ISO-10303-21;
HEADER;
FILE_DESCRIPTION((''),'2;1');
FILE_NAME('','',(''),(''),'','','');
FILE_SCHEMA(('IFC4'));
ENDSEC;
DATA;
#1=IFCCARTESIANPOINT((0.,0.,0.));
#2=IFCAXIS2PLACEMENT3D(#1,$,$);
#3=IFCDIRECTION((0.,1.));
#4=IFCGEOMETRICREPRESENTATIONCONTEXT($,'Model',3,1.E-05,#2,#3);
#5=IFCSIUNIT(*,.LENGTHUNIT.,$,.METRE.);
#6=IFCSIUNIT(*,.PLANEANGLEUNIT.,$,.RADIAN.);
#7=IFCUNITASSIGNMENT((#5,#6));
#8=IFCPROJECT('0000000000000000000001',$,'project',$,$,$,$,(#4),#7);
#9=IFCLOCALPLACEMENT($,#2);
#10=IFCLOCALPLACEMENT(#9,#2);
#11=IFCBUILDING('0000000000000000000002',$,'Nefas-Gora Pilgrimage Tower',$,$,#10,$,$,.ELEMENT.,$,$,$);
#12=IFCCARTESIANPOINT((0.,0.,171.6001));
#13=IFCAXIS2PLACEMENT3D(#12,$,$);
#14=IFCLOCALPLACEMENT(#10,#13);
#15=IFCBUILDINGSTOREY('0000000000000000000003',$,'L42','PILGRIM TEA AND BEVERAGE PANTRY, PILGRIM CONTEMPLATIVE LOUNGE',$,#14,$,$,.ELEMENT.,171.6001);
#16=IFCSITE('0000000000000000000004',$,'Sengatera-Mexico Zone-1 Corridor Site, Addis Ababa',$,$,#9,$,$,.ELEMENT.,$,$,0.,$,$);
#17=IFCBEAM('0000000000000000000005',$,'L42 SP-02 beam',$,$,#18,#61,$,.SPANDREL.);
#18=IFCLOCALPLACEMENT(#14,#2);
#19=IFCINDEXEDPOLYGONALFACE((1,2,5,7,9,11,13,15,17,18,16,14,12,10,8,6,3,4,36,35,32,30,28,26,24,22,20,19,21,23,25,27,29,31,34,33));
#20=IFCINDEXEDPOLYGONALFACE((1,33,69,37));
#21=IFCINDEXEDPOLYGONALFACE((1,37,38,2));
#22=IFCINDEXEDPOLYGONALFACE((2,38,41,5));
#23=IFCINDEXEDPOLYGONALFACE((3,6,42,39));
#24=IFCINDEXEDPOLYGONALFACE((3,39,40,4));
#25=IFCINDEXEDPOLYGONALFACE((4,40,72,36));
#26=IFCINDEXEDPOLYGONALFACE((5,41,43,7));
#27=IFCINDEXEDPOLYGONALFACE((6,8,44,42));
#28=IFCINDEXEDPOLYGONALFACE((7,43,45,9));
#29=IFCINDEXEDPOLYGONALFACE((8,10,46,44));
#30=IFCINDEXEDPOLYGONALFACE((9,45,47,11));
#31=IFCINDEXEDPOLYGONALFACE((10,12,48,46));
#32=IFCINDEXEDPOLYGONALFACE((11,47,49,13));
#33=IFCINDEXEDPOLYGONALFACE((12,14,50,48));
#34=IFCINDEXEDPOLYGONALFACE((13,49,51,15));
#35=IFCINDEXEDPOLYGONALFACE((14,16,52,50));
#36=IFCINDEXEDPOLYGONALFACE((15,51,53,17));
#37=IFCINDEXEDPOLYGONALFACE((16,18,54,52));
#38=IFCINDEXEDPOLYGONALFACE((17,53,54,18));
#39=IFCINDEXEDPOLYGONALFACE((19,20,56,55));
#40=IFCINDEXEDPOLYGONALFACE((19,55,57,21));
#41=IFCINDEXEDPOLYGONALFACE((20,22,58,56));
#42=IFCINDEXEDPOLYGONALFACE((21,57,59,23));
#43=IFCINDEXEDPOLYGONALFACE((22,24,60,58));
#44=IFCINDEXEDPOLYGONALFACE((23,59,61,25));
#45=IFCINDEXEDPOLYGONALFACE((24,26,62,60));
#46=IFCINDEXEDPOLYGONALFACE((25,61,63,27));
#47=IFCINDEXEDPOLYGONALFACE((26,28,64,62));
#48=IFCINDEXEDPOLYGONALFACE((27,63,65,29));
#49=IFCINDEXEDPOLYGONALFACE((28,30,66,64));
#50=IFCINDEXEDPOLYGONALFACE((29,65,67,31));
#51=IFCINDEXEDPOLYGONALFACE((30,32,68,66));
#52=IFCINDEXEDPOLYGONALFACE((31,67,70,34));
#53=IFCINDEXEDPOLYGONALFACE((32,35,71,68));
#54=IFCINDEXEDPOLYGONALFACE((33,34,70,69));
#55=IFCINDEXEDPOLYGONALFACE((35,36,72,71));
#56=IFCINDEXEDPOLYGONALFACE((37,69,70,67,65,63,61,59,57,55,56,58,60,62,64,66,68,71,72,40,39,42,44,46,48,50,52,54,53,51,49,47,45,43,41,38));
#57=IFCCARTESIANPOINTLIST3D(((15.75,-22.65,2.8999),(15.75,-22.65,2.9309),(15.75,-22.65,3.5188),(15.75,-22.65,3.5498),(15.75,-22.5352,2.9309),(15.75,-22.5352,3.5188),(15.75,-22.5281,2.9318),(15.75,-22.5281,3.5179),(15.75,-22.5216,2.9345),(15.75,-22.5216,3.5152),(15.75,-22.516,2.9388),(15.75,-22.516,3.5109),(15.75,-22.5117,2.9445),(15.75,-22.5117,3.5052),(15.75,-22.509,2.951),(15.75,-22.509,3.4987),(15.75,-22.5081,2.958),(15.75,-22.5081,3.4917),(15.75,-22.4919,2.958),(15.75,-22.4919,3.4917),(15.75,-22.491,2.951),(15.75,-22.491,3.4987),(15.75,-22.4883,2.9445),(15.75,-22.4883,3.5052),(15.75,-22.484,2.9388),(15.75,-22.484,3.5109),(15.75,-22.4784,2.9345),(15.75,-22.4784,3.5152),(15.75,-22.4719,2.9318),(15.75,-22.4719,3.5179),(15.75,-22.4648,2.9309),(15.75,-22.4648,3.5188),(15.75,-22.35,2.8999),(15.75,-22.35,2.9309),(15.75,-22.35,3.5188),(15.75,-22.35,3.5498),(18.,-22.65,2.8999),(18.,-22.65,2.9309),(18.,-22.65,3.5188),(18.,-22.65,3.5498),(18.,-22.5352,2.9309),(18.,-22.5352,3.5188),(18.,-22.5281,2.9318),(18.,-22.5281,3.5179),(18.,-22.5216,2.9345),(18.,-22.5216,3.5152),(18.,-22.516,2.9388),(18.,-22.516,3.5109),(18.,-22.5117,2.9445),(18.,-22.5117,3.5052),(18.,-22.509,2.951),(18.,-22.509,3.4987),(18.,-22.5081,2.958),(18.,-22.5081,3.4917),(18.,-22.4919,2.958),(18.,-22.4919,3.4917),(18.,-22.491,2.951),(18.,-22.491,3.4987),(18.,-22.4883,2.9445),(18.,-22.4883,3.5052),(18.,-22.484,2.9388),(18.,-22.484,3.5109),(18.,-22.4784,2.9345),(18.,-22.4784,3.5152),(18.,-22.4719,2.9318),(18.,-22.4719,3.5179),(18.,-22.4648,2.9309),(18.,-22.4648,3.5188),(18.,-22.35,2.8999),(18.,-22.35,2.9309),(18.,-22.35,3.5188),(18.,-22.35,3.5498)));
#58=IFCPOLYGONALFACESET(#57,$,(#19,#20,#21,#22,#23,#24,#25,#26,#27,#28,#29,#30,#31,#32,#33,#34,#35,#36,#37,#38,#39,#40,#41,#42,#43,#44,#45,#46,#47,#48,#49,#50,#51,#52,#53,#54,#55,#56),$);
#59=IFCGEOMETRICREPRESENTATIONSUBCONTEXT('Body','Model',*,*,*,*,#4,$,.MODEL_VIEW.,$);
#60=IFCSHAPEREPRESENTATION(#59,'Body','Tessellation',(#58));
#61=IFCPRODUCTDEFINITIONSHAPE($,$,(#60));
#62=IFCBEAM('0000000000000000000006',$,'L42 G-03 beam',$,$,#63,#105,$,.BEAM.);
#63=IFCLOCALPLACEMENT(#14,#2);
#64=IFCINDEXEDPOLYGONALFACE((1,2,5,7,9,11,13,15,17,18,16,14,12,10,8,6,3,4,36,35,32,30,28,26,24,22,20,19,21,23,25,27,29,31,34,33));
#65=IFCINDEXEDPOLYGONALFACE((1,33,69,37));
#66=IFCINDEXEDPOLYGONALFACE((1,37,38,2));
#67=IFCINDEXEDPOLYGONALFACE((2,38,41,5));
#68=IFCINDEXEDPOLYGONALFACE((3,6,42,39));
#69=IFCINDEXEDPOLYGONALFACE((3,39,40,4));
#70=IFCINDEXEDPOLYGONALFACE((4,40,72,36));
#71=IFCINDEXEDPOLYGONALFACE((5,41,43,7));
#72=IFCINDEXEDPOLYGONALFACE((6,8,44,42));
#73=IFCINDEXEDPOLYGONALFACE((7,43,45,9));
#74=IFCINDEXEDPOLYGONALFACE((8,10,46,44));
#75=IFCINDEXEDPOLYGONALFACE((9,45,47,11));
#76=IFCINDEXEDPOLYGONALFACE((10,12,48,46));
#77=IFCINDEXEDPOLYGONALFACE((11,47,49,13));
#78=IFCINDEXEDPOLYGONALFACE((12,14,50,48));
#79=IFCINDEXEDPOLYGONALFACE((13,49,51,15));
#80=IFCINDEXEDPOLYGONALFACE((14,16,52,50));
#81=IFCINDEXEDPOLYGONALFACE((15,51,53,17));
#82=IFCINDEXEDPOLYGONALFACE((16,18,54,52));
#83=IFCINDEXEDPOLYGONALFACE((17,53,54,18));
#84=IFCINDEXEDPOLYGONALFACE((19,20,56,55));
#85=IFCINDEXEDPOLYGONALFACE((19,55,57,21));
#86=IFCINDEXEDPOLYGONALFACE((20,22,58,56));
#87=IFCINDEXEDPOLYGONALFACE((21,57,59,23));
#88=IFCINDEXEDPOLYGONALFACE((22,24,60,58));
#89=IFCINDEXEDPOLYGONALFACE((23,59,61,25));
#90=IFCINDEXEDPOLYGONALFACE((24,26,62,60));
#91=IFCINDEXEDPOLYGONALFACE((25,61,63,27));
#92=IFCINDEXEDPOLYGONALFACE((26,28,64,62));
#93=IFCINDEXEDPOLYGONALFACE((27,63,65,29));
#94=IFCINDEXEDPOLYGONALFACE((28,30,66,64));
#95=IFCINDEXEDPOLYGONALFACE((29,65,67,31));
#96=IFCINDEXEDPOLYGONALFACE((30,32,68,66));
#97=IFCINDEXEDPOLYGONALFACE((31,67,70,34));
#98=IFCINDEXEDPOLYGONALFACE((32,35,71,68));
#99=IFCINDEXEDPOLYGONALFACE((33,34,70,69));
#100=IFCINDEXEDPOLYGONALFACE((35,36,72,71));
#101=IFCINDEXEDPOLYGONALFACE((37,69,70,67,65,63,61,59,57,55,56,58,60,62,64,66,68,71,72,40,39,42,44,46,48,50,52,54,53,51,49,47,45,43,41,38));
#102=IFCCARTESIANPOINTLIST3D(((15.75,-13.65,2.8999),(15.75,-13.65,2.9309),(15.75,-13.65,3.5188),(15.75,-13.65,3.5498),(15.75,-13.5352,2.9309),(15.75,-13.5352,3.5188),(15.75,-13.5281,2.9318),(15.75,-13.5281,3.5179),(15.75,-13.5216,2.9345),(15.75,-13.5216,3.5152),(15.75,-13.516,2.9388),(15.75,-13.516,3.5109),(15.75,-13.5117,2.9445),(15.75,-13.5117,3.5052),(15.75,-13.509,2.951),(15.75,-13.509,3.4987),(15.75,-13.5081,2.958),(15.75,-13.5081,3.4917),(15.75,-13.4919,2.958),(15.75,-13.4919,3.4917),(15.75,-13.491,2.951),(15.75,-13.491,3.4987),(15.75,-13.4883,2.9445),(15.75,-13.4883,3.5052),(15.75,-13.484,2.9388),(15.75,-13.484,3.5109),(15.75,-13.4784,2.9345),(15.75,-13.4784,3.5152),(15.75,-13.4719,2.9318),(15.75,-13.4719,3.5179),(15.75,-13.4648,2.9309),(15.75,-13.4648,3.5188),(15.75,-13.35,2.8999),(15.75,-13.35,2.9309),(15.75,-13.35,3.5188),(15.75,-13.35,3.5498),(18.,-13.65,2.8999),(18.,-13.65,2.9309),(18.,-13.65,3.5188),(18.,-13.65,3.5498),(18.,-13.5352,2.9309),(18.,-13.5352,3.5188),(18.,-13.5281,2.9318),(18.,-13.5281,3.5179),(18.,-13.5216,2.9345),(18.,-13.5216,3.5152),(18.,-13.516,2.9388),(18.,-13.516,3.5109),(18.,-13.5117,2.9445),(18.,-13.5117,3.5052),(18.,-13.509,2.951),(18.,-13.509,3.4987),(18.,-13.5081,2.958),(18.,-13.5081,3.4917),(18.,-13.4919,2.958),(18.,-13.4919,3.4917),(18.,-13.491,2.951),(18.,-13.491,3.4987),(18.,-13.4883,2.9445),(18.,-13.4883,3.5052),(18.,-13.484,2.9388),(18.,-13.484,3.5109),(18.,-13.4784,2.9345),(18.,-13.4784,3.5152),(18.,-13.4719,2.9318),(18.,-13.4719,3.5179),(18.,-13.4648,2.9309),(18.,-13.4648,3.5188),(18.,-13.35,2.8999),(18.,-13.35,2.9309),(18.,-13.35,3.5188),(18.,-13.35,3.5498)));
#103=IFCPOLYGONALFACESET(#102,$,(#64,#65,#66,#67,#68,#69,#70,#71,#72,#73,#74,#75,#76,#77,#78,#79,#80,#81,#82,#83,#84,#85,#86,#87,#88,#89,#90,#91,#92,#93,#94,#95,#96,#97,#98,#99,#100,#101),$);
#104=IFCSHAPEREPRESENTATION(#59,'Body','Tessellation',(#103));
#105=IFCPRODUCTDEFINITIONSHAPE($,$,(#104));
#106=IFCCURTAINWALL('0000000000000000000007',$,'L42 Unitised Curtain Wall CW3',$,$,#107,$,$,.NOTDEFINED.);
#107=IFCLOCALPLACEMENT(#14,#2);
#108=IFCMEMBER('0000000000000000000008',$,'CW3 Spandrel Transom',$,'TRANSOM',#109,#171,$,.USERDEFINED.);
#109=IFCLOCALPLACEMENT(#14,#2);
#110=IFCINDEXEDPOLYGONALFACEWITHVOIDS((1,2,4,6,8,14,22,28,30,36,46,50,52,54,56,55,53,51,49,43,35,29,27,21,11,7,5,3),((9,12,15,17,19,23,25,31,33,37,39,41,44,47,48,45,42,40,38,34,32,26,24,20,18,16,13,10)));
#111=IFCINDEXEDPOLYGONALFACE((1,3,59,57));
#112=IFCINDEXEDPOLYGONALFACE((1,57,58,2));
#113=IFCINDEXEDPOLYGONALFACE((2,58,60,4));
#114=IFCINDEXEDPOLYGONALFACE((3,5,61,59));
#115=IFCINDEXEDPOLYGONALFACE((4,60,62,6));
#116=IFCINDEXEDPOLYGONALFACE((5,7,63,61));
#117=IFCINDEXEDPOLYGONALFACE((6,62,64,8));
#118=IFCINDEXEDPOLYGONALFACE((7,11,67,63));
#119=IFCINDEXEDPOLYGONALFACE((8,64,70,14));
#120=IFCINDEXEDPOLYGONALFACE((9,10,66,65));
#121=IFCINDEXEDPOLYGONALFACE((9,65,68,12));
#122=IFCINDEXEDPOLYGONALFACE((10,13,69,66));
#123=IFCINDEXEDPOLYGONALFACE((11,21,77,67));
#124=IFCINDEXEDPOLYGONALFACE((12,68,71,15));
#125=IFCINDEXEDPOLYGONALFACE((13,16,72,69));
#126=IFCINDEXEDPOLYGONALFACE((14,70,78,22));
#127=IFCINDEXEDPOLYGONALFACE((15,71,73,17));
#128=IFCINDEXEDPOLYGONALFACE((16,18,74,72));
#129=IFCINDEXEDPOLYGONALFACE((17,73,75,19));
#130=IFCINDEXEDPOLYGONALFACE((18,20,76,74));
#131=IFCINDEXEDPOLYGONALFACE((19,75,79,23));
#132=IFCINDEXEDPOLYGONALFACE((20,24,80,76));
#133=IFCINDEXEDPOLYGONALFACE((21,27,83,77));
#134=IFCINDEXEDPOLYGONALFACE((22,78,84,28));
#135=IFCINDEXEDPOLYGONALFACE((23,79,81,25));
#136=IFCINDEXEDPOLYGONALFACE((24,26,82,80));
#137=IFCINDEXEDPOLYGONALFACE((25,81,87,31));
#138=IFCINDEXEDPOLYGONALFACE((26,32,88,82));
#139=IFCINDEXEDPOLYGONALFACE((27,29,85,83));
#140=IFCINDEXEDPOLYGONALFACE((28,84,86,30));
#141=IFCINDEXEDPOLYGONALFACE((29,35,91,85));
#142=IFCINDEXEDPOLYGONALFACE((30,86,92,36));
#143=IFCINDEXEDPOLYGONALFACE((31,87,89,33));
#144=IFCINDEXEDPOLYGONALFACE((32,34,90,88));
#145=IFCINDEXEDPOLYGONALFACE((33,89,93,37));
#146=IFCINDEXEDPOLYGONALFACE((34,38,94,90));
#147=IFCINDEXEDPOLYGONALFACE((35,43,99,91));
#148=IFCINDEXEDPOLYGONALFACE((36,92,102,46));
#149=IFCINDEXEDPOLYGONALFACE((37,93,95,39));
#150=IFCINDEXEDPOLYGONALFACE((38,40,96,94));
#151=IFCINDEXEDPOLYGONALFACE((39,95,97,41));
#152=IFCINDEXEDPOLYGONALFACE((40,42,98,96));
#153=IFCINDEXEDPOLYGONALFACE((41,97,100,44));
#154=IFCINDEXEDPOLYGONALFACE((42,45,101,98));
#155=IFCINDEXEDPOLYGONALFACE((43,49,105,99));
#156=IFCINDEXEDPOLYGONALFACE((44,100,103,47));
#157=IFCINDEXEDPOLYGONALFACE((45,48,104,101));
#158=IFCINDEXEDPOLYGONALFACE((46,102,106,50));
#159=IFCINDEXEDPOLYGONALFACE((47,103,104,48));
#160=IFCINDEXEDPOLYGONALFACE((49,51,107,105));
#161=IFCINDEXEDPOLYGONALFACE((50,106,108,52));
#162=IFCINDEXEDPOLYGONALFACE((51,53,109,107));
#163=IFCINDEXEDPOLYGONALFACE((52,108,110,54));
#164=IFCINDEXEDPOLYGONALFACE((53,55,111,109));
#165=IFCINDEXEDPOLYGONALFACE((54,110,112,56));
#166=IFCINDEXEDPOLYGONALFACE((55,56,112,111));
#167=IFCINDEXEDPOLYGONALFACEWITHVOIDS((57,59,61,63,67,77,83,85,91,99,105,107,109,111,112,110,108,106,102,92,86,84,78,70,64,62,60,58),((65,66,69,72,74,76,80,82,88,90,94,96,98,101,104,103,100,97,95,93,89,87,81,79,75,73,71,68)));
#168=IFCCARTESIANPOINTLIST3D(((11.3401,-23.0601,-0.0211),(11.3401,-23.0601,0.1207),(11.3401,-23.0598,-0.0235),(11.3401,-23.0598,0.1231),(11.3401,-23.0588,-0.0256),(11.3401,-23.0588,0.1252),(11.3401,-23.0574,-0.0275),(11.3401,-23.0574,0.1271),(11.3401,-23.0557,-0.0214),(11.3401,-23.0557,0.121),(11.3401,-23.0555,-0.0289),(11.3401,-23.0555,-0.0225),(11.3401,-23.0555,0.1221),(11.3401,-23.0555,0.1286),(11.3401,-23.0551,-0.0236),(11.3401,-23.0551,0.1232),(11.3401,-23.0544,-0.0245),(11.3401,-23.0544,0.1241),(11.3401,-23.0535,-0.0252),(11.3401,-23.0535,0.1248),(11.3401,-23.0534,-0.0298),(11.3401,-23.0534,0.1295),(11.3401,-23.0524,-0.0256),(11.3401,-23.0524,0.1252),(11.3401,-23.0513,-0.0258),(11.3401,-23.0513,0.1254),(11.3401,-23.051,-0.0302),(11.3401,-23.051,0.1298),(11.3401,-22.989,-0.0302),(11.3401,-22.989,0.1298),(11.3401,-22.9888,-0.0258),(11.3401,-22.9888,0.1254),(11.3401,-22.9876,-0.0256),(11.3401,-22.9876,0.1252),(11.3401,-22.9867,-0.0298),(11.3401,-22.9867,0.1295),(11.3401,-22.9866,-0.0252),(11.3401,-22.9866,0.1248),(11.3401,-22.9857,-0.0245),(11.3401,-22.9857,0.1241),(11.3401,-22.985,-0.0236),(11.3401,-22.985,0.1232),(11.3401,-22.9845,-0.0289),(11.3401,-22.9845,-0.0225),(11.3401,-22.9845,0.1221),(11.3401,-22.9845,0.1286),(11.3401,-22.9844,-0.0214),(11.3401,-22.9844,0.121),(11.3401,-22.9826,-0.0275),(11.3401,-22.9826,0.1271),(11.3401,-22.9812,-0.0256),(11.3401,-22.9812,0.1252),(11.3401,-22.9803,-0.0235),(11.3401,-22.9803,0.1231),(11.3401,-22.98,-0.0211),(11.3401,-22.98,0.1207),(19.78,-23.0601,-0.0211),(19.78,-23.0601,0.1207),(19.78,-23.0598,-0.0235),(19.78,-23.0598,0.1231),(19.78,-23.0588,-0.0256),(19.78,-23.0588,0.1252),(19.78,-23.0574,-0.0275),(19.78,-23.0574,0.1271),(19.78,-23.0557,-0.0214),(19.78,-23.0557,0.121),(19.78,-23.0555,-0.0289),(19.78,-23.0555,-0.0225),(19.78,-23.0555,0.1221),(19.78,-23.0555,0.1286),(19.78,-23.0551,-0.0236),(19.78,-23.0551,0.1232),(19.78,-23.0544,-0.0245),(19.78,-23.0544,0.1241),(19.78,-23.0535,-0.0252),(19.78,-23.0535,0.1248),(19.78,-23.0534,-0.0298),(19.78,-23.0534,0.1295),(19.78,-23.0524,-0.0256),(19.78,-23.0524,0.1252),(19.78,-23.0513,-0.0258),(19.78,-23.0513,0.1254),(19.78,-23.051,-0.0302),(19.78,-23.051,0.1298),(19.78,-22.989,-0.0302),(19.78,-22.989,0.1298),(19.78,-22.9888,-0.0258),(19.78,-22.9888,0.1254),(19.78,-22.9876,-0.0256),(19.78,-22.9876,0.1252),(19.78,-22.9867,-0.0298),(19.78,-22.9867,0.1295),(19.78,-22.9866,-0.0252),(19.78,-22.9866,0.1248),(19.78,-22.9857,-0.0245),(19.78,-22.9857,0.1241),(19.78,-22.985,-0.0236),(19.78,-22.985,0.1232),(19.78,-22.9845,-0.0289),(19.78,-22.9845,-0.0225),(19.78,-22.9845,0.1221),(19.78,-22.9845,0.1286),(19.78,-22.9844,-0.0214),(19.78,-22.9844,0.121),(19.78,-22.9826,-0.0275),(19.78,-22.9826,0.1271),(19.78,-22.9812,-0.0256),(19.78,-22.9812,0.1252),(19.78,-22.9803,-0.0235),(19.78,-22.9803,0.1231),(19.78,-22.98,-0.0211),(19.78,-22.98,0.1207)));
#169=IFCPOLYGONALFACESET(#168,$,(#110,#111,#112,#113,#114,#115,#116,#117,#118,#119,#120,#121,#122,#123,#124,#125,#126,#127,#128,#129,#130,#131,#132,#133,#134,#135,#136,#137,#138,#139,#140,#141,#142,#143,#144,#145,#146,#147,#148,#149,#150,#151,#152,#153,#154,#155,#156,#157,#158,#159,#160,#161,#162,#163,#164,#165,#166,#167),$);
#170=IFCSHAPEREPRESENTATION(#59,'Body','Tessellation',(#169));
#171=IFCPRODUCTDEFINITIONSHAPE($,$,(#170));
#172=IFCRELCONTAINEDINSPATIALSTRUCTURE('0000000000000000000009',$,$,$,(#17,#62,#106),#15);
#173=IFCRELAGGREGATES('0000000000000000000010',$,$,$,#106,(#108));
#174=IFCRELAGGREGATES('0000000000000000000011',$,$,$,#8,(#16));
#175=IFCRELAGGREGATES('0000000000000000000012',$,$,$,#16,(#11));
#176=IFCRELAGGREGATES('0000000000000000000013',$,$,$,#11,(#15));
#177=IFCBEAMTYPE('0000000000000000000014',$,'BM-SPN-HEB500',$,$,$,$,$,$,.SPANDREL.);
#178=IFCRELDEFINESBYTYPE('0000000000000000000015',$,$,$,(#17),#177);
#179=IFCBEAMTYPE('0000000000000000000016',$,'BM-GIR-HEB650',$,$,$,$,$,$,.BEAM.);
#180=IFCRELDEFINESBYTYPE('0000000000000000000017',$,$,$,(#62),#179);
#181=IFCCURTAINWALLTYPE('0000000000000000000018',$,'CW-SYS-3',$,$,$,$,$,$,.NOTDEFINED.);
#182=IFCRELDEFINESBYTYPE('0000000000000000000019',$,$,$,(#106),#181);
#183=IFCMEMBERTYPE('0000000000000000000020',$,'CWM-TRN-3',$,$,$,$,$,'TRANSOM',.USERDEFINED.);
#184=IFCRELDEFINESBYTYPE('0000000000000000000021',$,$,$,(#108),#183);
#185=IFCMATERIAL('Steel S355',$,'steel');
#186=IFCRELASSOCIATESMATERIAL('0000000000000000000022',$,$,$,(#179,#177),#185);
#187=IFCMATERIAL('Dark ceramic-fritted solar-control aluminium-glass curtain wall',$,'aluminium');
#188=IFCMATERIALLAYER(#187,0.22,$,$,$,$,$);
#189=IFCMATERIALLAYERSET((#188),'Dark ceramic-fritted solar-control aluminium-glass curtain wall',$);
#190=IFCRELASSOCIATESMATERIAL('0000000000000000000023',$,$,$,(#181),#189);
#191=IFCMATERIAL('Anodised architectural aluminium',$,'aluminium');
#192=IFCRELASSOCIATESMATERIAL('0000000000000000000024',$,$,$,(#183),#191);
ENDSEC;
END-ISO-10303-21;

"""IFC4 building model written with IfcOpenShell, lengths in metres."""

from ifc_helpers import new_model, si_unit, direction, frame, origin, origin_2d, place, context, subcontext, project, spatial, hollow_rectangle, i_section, extrude, source, transform, mapped, material, layer, layer_set, material_profile, profile_set, type_object, element, aggregate, save


model = new_model("IFC4")

# Units and contexts
model_context = context("Model", 3, precision=1e-05, world=origin(), true_north=direction((0.0, 1.0)))
body_context = subcontext(model_context, "Body", "Model", "MODEL_VIEW")
ifc_project = project(units=[si_unit("LENGTHUNIT", "METRE"), si_unit("PLANEANGLEUNIT", "RADIAN")], contexts=[model_context])

# Site, building, storey
site_placement = place(None, origin())
site = spatial("IfcSite", under=ifc_project, at=site_placement, Name="Sengatera-Mexico Zone-1 Corridor Site, Addis Ababa", CompositionType="ELEMENT", RefElevation=0.0)
building_placement = place(site_placement, origin())
building = spatial("IfcBuilding", under=site, at=building_placement, Name="Nefas-Gora Pilgrimage Tower", CompositionType="ELEMENT")
storey_placement = place(building_placement, frame((0.0, 0.0, 171.6001)))
storey = spatial("IfcBuildingStorey", under=building, at=storey_placement, Name="L42", Description="PILGRIM TEA AND BEVERAGE PANTRY, PILGRIM CONTEMPLATIVE LOUNGE", CompositionType="ELEMENT", Elevation=171.6001)

# Beams
ifc_material_1 = material(Name="Steel S355", Category="steel")
ifc_material_profile_1 = material_profile(ifc_material_1, i_section(OverallWidth=0.3, OverallDepth=0.6499, WebThickness=0.0161, FlangeThickness=0.031, FilletRadius=0.0271, at=origin_2d()), Name="HEB 650")
ifc_profile_set_1 = profile_set([ifc_material_profile_1], Name="Steel S355")
beam_type_1 = type_object("IfcBeamType", Name="BM-GIR-HEB650", PredefinedType="BEAM", material=ifc_profile_set_1)
ifc_material_profile_2 = material_profile(ifc_material_1, i_section(OverallWidth=0.3, OverallDepth=0.6499, WebThickness=0.0161, FlangeThickness=0.031, FilletRadius=0.0271, at=origin_2d()), Name="HEB 650")
ifc_profile_set_2 = profile_set([ifc_material_profile_2], Name="Steel S355")
beam_type_2 = type_object("IfcBeamType", Name="BM-SPN-HEB500", PredefinedType="SPANDREL", material=ifc_profile_set_2)
shared_shape_1 = source(origin(), body_context, "Body", "SweptSolid", [
    extrude(i_section(OverallWidth=0.3, OverallDepth=0.6499, WebThickness=0.0161, FlangeThickness=0.031, FilletRadius=0.0271, at=origin_2d()), origin(), (0.0, 0.0, 1.0), 2.25),
])
for number, where, z_axis, x_axis, name in (
    (1, (15.75, -22.5, 3.2249), (1.0, 0.0, 0.0), (0.0, 1.0, 0.0), "L42 SP-02 beam"),
):
    element("IfcBeam", number, at=place(storey_placement, frame(where, z_axis=z_axis, x_axis=x_axis)), inside=storey, type_object=beam_type_2, Name=name, PredefinedType="SPANDREL", context=body_context, shape_type="MappedRepresentation", body=[
        mapped(shared_shape_1, transform((0.0, 0.0, 0.0), x_axis=(1.0, 0.0, 0.0), y_axis=(0.0, 1.0, 0.0), z_axis=(0.0, 0.0, 1.0), scale=1.0)),
    ])
shared_shape_2 = source(origin(), body_context, "Body", "SweptSolid", [
    extrude(i_section(OverallWidth=0.3, OverallDepth=0.6499, WebThickness=0.0161, FlangeThickness=0.031, FilletRadius=0.0271, at=origin_2d()), origin(), (0.0, 0.0, 1.0), 2.25),
])
beam_1_placement = place(storey_placement, frame((15.75, -13.5, 3.2249), z_axis=(1.0, 0.0, 0.0), x_axis=(0.0, 1.0, 0.0)))
element("IfcBeam", 2, at=beam_1_placement, inside=storey, type_object=beam_type_1, Name="L42 G-03 beam", PredefinedType="BEAM", context=body_context, shape_type="MappedRepresentation", body=[
    mapped(shared_shape_2, transform((0.0, 0.0, 0.0), x_axis=(1.0, 0.0, 0.0), y_axis=(0.0, 1.0, 0.0), z_axis=(0.0, 0.0, 1.0), scale=1.0)),
])

# Curtain wall, member
ifc_material_2 = material(Name="Dark ceramic-fritted solar-control aluminium-glass curtain wall", Category="aluminium")
ifc_layer_1 = layer(ifc_material_2, 0.22)
ifc_layer_set_1 = layer_set([ifc_layer_1], Name="Dark ceramic-fritted solar-control aluminium-glass curtain wall")
curtain_wall_type = type_object("IfcCurtainWallType", Name="CW-SYS-3", PredefinedType="NOTDEFINED", material=ifc_layer_set_1)
curtain_wall_1_placement = place(storey_placement, origin())
curtain_wall_1 = element("IfcCurtainWall", 3, at=curtain_wall_1_placement, inside=storey, type_object=curtain_wall_type, Name="L42 Unitised Curtain Wall CW3", PredefinedType="NOTDEFINED")
ifc_material_3 = material(Name="Anodised architectural aluminium", Category="aluminium")
ifc_material_profile_3 = material_profile(ifc_material_3, hollow_rectangle(XDim=0.0801, YDim=0.1599, WallThickness=0.0044, InnerFilletRadius=0.0044, OuterFilletRadius=0.009, at=origin_2d()), Name="ALU TRANSOM 80x160")
ifc_profile_set_3 = profile_set([ifc_material_profile_3], Name="Anodised architectural aluminium")
member_type_1 = type_object("IfcMemberType", Name="CWM-TRN-3", ElementType="TRANSOM", PredefinedType="USERDEFINED", material=ifc_profile_set_3)
shared_shape_3 = source(origin(), body_context, "Body", "SweptSolid", [
    extrude(hollow_rectangle(XDim=0.0801, YDim=0.1599, WallThickness=0.0044, InnerFilletRadius=0.0044, OuterFilletRadius=0.009, at=origin_2d()), origin(), (0.0, 0.0, 1.0), 8.4399),
])
member_1_placement = place(storey_placement, frame((11.3401, -23.02, 0.0498), z_axis=(1.0, 0.0, 0.0), x_axis=(0.0, 1.0, 0.0)))
member_1 = element("IfcMember", 4, at=member_1_placement, type_object=member_type_1, Name="CW3 Spandrel Transom", ObjectType="TRANSOM", PredefinedType="USERDEFINED", context=body_context, shape_type="MappedRepresentation", body=[
    mapped(shared_shape_3, transform((0.0, 0.0, 0.0), x_axis=(1.0, 0.0, 0.0), y_axis=(0.0, 1.0, 0.0), z_axis=(0.0, 0.0, 1.0), scale=1.0)),
])

aggregate(curtain_wall_1, [member_1])

save(model, "model.ifc")
